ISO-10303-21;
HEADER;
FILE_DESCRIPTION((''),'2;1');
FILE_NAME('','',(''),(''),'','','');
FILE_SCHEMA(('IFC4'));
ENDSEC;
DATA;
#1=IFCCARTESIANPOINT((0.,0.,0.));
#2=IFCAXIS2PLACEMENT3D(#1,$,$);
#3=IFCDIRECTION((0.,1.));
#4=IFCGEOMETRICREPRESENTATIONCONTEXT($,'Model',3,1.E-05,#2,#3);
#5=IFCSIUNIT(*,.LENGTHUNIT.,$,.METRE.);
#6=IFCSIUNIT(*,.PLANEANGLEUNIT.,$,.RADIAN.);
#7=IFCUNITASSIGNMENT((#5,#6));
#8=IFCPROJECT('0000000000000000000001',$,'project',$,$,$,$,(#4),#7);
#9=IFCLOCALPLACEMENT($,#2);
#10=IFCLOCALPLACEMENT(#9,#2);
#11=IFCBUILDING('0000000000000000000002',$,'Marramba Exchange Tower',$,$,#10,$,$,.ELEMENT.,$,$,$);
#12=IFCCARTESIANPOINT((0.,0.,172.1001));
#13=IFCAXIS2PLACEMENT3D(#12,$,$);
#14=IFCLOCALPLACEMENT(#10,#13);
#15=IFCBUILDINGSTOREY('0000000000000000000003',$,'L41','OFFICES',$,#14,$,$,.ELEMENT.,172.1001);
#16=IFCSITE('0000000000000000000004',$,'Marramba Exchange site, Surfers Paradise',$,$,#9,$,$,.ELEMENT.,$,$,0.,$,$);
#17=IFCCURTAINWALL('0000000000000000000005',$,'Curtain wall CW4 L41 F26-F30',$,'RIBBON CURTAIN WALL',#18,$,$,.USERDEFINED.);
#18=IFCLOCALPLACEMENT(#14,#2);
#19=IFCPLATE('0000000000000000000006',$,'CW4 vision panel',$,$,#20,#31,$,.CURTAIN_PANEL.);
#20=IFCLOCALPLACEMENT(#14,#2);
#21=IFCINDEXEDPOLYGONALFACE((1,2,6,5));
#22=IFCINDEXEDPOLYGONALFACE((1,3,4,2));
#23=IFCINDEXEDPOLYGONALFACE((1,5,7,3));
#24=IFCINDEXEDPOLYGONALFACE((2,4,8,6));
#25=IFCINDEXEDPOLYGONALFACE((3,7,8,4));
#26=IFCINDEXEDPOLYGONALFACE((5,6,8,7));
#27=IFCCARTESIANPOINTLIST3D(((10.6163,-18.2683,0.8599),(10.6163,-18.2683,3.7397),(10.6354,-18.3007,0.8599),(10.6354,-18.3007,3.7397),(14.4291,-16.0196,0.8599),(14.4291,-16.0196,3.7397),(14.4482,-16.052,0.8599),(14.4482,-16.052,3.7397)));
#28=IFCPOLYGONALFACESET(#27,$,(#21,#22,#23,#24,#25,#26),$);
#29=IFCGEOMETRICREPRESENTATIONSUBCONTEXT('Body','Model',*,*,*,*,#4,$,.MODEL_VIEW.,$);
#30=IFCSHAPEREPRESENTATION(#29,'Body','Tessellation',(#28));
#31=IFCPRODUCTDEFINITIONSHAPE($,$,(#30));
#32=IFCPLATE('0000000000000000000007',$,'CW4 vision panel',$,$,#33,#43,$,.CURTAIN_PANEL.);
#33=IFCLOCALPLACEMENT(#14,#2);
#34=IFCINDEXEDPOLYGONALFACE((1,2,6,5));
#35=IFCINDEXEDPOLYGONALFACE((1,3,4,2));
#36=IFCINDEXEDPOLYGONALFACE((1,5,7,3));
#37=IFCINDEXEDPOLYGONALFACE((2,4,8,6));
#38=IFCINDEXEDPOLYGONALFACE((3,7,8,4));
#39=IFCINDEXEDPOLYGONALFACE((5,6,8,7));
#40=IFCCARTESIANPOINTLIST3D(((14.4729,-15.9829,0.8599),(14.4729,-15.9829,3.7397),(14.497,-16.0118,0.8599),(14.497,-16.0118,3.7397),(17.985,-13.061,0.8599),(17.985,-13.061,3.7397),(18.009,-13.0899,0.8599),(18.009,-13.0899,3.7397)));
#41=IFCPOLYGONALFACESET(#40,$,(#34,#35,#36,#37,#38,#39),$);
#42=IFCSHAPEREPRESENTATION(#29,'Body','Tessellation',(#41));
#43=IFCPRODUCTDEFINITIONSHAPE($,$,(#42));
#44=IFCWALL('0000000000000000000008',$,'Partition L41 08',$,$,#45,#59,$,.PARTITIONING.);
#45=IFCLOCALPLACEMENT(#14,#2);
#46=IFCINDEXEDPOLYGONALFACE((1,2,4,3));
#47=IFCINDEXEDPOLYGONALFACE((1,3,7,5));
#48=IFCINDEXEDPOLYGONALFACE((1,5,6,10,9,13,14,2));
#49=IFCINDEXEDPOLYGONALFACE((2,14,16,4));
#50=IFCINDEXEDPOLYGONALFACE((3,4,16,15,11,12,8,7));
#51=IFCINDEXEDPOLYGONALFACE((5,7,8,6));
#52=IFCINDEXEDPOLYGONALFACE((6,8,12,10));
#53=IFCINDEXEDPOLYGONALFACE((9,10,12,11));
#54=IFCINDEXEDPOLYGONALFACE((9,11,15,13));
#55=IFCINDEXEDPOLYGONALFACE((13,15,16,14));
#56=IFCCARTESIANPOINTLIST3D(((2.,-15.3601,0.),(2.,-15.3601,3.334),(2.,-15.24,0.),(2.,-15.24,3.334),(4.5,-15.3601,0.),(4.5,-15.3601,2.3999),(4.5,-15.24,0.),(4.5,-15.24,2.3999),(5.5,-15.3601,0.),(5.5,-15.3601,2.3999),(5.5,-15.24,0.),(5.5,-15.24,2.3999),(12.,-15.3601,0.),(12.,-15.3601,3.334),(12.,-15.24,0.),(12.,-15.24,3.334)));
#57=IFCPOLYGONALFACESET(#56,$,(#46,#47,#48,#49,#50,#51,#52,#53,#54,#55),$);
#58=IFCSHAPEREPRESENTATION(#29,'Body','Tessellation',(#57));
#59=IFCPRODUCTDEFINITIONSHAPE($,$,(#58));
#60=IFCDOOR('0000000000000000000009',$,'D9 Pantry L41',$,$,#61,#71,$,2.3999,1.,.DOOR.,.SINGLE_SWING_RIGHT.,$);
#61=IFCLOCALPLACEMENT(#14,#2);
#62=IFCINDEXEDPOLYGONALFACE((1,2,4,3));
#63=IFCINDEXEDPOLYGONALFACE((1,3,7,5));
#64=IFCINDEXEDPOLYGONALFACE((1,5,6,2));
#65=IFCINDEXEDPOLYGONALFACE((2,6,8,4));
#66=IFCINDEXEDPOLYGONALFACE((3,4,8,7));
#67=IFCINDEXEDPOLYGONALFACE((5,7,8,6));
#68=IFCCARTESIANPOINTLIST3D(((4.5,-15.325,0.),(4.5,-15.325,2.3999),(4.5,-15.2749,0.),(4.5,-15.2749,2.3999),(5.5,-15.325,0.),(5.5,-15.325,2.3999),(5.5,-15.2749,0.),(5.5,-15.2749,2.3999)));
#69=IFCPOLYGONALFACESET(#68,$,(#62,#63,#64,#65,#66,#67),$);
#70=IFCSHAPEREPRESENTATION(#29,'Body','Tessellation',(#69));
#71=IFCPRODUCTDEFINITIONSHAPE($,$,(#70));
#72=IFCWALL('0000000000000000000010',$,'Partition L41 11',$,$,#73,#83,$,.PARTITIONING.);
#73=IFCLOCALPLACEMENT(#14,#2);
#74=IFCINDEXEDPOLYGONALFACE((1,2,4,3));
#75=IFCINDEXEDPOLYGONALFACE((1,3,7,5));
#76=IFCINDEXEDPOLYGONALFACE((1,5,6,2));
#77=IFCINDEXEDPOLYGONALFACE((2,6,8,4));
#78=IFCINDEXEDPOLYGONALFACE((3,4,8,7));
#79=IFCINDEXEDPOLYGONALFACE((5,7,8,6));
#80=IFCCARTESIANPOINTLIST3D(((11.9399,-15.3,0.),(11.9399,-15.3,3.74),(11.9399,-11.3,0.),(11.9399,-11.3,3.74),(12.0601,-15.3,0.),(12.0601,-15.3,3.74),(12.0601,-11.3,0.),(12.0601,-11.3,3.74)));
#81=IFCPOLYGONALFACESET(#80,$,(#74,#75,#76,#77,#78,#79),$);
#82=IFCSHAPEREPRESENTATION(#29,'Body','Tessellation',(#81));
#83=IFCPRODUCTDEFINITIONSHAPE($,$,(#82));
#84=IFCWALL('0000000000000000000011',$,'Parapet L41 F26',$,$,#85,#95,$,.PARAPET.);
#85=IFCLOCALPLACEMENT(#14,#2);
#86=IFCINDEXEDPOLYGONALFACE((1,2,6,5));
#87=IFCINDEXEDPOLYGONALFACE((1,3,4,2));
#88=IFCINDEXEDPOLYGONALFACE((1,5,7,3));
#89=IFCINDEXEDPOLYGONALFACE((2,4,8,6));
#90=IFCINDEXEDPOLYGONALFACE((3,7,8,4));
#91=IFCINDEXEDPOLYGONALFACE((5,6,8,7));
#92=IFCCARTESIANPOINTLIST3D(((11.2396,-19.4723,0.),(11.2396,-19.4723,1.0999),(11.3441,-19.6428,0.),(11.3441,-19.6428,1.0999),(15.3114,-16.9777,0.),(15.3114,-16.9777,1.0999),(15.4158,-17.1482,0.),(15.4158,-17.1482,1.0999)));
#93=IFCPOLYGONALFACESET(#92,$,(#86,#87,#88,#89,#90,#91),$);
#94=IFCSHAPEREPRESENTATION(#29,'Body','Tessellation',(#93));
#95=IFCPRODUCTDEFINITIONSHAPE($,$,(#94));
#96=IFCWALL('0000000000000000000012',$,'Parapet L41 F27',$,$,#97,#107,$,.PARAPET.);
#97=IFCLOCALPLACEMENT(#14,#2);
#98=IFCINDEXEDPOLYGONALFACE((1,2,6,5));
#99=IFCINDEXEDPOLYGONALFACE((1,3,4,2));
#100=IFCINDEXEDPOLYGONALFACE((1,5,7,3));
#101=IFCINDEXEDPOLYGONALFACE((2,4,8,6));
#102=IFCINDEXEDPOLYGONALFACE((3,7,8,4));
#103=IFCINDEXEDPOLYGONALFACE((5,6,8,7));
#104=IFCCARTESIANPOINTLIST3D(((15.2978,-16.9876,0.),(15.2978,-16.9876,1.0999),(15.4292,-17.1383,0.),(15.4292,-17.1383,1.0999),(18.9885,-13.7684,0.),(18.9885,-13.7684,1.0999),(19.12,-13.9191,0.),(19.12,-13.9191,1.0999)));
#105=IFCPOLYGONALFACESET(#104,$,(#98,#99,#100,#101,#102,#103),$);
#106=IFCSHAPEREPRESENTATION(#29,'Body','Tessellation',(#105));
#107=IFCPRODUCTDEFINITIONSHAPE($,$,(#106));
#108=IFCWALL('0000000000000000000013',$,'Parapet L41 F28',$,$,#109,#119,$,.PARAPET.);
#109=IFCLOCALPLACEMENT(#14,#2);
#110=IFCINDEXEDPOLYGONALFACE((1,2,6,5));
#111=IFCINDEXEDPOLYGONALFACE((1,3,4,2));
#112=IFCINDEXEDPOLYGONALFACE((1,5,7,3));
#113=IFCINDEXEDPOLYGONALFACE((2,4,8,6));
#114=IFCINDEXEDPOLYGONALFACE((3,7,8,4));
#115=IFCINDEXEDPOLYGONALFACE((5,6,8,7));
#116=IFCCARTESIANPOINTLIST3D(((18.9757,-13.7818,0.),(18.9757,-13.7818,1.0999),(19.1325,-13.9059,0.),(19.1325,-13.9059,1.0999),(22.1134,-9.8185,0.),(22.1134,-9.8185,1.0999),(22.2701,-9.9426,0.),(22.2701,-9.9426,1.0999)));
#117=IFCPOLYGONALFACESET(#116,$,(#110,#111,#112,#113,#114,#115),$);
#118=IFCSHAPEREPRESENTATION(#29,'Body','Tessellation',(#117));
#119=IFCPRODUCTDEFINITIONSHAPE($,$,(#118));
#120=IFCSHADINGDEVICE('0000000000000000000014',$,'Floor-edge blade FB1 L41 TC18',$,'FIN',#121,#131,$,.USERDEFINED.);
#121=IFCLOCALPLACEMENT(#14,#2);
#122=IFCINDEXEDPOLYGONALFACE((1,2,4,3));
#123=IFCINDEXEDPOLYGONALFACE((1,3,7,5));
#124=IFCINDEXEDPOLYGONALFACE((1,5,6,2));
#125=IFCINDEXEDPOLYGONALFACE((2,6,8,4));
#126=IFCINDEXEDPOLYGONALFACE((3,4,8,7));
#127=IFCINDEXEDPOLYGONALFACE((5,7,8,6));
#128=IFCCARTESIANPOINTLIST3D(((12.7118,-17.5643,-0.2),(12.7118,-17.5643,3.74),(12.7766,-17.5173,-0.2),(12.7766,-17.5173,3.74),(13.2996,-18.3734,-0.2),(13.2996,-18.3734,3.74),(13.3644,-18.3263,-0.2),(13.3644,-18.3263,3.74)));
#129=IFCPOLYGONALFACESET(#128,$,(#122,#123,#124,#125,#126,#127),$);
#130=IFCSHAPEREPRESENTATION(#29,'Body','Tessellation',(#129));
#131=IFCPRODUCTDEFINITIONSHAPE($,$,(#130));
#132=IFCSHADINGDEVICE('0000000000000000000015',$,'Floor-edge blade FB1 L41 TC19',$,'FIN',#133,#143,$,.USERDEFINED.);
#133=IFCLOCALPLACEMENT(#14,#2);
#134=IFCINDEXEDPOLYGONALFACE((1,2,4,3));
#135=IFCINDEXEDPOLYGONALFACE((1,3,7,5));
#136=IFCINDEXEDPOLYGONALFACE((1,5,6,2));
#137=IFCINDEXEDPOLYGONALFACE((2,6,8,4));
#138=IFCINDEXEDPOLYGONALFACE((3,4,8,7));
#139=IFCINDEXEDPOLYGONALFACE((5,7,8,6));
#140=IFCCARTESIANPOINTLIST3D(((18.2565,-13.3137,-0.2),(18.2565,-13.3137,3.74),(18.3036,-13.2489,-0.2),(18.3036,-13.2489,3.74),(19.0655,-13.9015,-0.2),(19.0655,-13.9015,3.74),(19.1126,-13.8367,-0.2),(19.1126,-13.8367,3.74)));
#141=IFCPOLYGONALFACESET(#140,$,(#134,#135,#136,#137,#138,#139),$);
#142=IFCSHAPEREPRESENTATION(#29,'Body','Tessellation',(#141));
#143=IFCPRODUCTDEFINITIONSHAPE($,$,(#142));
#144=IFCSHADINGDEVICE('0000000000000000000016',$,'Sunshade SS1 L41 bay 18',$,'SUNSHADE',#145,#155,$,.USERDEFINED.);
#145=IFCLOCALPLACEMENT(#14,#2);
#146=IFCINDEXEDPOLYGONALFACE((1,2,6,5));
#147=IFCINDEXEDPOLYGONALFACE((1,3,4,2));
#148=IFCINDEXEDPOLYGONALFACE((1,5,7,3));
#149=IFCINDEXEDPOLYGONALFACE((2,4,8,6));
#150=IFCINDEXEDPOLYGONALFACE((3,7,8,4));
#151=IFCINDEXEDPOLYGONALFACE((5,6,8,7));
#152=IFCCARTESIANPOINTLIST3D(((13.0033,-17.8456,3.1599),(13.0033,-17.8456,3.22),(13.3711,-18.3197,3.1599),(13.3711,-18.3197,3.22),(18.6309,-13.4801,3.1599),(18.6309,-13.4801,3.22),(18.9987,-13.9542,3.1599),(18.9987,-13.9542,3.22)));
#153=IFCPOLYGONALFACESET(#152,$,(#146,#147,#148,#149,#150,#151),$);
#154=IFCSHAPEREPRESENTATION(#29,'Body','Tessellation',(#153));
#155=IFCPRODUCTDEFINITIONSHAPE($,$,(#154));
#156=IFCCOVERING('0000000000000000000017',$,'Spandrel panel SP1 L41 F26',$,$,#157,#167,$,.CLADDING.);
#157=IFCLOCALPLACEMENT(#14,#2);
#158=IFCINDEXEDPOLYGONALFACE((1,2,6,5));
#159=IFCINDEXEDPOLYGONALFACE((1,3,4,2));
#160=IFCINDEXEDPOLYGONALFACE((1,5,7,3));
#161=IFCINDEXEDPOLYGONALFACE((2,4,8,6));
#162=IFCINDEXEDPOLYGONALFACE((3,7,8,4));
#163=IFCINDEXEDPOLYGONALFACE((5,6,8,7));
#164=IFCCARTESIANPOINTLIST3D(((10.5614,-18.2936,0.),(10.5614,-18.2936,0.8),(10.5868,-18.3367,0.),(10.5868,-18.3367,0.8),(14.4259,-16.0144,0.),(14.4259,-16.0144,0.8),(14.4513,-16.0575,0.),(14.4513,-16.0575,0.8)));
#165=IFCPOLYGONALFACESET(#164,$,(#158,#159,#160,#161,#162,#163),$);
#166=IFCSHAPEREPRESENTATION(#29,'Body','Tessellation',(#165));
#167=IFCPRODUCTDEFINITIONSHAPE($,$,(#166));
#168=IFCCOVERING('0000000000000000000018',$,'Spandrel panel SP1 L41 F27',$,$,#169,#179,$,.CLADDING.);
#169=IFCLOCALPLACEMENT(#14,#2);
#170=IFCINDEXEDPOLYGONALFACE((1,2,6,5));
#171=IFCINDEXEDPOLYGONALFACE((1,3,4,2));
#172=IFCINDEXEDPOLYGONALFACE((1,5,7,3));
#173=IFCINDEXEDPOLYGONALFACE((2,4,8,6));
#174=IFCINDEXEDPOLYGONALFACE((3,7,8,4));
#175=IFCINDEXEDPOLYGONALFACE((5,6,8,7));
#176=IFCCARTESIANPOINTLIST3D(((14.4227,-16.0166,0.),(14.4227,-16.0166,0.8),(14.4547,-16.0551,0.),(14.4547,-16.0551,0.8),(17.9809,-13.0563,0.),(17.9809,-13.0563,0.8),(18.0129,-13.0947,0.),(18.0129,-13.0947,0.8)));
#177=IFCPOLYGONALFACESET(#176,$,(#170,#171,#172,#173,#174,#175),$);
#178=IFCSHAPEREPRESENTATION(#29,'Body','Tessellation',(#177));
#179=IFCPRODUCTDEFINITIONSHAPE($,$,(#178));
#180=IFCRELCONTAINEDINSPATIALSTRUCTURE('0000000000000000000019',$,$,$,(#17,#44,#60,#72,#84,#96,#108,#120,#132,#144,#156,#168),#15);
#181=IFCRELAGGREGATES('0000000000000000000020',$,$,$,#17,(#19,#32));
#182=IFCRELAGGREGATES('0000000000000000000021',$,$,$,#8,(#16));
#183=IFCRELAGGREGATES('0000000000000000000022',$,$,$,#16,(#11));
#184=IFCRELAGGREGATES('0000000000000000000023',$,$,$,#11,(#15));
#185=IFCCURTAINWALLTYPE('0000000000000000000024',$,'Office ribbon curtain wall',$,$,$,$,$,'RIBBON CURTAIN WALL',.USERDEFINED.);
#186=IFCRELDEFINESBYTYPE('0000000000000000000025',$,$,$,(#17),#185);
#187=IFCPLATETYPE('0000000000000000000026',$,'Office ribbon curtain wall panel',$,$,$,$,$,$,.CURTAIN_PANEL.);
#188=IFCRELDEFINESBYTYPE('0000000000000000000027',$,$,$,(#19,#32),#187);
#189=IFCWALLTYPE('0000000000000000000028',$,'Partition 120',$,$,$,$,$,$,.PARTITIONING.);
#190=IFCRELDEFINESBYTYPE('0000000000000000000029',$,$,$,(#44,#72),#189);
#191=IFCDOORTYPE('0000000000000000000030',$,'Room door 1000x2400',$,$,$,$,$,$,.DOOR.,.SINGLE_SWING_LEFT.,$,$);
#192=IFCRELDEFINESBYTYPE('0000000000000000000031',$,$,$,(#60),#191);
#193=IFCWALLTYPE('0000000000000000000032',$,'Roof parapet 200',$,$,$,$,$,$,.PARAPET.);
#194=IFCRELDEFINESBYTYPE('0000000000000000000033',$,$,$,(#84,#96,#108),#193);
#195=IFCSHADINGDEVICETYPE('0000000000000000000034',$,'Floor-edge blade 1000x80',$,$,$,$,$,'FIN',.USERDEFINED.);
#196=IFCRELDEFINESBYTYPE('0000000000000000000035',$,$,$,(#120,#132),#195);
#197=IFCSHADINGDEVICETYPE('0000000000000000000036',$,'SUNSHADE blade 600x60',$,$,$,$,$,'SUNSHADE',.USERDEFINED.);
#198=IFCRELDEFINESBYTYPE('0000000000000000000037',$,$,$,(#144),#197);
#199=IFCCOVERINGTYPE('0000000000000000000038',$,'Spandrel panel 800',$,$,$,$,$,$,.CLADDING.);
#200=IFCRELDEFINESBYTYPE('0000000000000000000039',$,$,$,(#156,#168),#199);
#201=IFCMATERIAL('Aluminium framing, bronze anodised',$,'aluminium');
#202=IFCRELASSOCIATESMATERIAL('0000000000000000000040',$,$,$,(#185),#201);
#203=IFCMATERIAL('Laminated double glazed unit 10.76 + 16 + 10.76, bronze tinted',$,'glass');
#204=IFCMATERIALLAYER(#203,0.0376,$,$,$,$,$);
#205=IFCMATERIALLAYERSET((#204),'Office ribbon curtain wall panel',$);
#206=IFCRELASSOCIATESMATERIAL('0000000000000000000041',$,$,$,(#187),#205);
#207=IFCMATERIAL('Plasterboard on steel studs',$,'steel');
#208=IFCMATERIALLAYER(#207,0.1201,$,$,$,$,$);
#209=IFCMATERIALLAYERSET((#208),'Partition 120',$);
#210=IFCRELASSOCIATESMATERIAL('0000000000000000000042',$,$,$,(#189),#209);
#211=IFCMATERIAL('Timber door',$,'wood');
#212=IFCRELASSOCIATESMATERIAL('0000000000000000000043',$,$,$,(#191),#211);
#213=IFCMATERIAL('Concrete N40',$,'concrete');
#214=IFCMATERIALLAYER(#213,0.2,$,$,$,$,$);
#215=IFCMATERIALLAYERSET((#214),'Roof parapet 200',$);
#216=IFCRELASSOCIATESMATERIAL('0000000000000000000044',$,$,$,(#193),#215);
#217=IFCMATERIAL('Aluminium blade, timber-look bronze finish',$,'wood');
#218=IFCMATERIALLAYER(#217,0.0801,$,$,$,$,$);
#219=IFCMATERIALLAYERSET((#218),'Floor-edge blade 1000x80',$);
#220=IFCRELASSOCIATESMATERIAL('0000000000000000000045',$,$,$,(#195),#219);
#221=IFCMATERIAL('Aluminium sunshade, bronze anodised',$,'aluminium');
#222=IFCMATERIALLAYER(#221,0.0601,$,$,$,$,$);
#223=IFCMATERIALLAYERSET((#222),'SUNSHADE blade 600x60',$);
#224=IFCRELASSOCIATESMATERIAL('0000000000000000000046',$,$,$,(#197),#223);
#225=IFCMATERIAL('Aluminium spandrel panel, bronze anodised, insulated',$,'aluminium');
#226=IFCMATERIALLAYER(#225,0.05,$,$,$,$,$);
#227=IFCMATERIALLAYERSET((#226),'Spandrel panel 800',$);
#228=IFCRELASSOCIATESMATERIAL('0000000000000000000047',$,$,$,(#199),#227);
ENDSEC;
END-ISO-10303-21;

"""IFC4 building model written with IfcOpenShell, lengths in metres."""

from ifc_helpers import new_model, si_unit, direction, frame, frame_2d, origin, origin_2d, place, context, subcontext, project, spatial, rectangle, extrude, material, layer, layer_set, type_object, element, fill, aggregate, save


model = new_model("IFC4")

# Units and contexts
model_context = context("Model", 3, precision=1e-05, world=origin(), true_north=direction((0.0, 1.0)))
body_context = subcontext(model_context, "Body", "Model", "MODEL_VIEW")
ifc_project = project(units=[si_unit("LENGTHUNIT", "METRE"), si_unit("PLANEANGLEUNIT", "RADIAN")], contexts=[model_context])

# Site, building, storey
site_placement = place(None, origin())
site = spatial("IfcSite", under=ifc_project, at=site_placement, Name="Marramba Exchange site, Surfers Paradise", CompositionType="ELEMENT", RefElevation=0.0)
building_placement = place(site_placement, origin())
building = spatial("IfcBuilding", under=site, at=building_placement, Name="Marramba Exchange Tower", CompositionType="ELEMENT")
storey_placement = place(building_placement, frame((0.0, 0.0, 172.1001)))
storey = spatial("IfcBuildingStorey", under=building, at=storey_placement, Name="L41", Description="OFFICES", CompositionType="ELEMENT", Elevation=172.1001)

# Curtain wall
ifc_material_1 = material(Name="Aluminium framing, bronze anodised", Category="aluminium")
curtain_wall_type = type_object("IfcCurtainWallType", Name="Office ribbon curtain wall", ElementType="RIBBON CURTAIN WALL", PredefinedType="USERDEFINED", material=ifc_material_1)
curtain_wall_placement = place(storey_placement, origin())
curtain_wall = element("IfcCurtainWall", 1, at=curtain_wall_placement, inside=storey, type_object=curtain_wall_type, Name="Curtain wall CW4 L41 F26-F30", ObjectType="RIBBON CURTAIN WALL", PredefinedType="USERDEFINED")

# Plates
ifc_material_2 = material(Name="Laminated double glazed unit 10.76 + 16 + 10.76, bronze tinted", Category="glass")
ifc_layer_1 = layer(ifc_material_2, 0.0376)
ifc_layer_set_1 = layer_set([ifc_layer_1], Name="Office ribbon curtain wall panel")
plate_type = type_object("IfcPlateType", Name="Office ribbon curtain wall panel", PredefinedType="CURTAIN_PANEL", material=ifc_layer_set_1)
plate_1_placement = place(storey_placement, frame((12.5322, -17.1602, 0.8599), z_axis=(0.0, 0.0, 1.0), x_axis=(0.861351, 0.508011, 0.0)))
plate_1 = element("IfcPlate", 2, at=plate_1_placement, type_object=plate_type, Name="CW4 vision panel", PredefinedType="CURTAIN_PANEL", context=body_context, shape_type="SweptSolid", body=[
    extrude(rectangle(XDim=4.4265, YDim=0.0376, at=origin_2d()), origin(), (0.0, 0.0, 1.0), 2.8799),
])
plate_2_placement = place(storey_placement, frame((16.241, -14.5364, 0.8599), z_axis=(0.0, 0.0, 1.0), x_axis=(0.768737, 0.639565, 0.0)))
plate_2 = element("IfcPlate", 3, at=plate_2_placement, type_object=plate_type, Name="CW4 vision panel", PredefinedType="CURTAIN_PANEL", context=body_context, shape_type="SweptSolid", body=[
    extrude(rectangle(XDim=4.5686, YDim=0.0376, at=origin_2d()), origin(), (0.0, 0.0, 1.0), 2.8799),
])
aggregate(curtain_wall, [plate_1, plate_2])

# Wall, opening, door
ifc_material_3 = material(Name="Plasterboard on steel studs", Category="steel")
ifc_layer_2 = layer(ifc_material_3, 0.1201)
ifc_layer_set_2 = layer_set([ifc_layer_2], Name="Partition 120")
wall_type_1 = type_object("IfcWallType", Name="Partition 120", PredefinedType="PARTITIONING", material=ifc_layer_set_2)
wall_1_placement = place(storey_placement, frame((12.0, -15.3, 0.0), z_axis=(0.0, 0.0, 1.0), x_axis=(-1.0, 0.0, 0.0)))
wall_1 = element("IfcWall", 4, at=wall_1_placement, inside=storey, type_object=wall_type_1, Name="Partition L41 08", PredefinedType="PARTITIONING", context=body_context, shape_type="SweptSolid", body=[
    extrude(rectangle(XDim=10.0, YDim=0.1201, at=frame_2d((5.0, 0.0))), origin(), (0.0, 0.0, 1.0), 3.334),
])
opening_placement = place(wall_1_placement, frame((6.5, 0.0, 0.0)))
opening = element("IfcOpeningElement", 5, at=opening_placement, cuts=wall_1, PredefinedType="OPENING", context=body_context, shape_type="SweptSolid", body=[
    extrude(rectangle(XDim=1.0, YDim=2.3999, at=frame_2d((0.5, 1.2))), frame((0.0, 0.0701, 0.0), z_axis=(0.0, -1.0, 0.0), x_axis=(1.0, 0.0, 0.0)), (0.0, 0.0, 1.0), 0.1401),
])
ifc_material_4 = material(Name="Timber door", Category="wood")
door_type = type_object("IfcDoorType", Name="Room door 1000x2400", OperationType="SINGLE_SWING_LEFT", PredefinedType="DOOR", material=ifc_material_4)
door_placement = place(opening_placement, frame((1.0, 0.0, 0.0), z_axis=(0.0, 0.0, 1.0), x_axis=(-1.0, 0.0, 0.0)))
door = element("IfcDoor", 6, at=door_placement, inside=storey, type_object=door_type, Name="D9 Pantry L41", OperationType="SINGLE_SWING_RIGHT", OverallHeight=2.3999, OverallWidth=1.0, PredefinedType="DOOR", context=body_context, shape_type="SweptSolid", body=[
    extrude(rectangle(XDim=1.0, YDim=2.3999, at=frame_2d((0.5, 1.2))), frame((0.0, 0.0251, 0.0), z_axis=(0.0, -1.0, 0.0), x_axis=(1.0, 0.0, 0.0)), (0.0, 0.0, 1.0), 0.05),
])
fill(opening, door)

# Walls
wall_2_placement = place(storey_placement, frame((12.0, -11.3, 0.0), z_axis=(0.0, 0.0, 1.0), x_axis=(0.0, -1.0, 0.0)))
element("IfcWall", 7, at=wall_2_placement, inside=storey, type_object=wall_type_1, Name="Partition L41 11", PredefinedType="PARTITIONING", context=body_context, shape_type="SweptSolid", body=[
    extrude(rectangle(XDim=4.0, YDim=0.1201, at=frame_2d((2.0, 0.0))), origin(), (0.0, 0.0, 1.0), 3.74),
])
ifc_material_5 = material(Name="Concrete N40", Category="concrete")
ifc_layer_3 = layer(ifc_material_5, 0.2)
ifc_layer_set_3 = layer_set([ifc_layer_3], Name="Roof parapet 200")
wall_type_2 = type_object("IfcWallType", Name="Roof parapet 200", PredefinedType="PARAPET", material=ifc_layer_set_3)
wall_3_placement = place(storey_placement, frame((11.2917, -19.5576, 0.0), z_axis=(0.0, 0.0, 1.0), x_axis=(0.852692, 0.522413, 0.0)))
element("IfcWall", 8, at=wall_3_placement, inside=storey, type_object=wall_type_2, Name="Parapet L41 F26", PredefinedType="PARAPET", context=body_context, shape_type="SweptSolid", body=[
    extrude(rectangle(XDim=4.7751, YDim=0.2, at=frame_2d((2.3877, 0.0))), origin(), (0.0, 0.0, 1.0), 1.0999),
])
wall_4_placement = place(storey_placement, frame((15.3635, -17.063, 0.0), z_axis=(0.0, 0.0, 1.0), x_axis=(0.753598, 0.657336, 0.0)))
element("IfcWall", 9, at=wall_4_placement, inside=storey, type_object=wall_type_2, Name="Parapet L41 F27", PredefinedType="PARAPET", context=body_context, shape_type="SweptSolid", body=[
    extrude(rectangle(XDim=4.8975, YDim=0.2, at=frame_2d((2.4487, 0.0))), origin(), (0.0, 0.0, 1.0), 1.0999),
])
wall_5_placement = place(storey_placement, frame((19.0542, -13.8438, 0.0), z_axis=(0.0, 0.0, 1.0), x_axis=(0.620705, 0.784044, 0.0)))
element("IfcWall", 10, at=wall_5_placement, inside=storey, type_object=wall_type_2, Name="Parapet L41 F28", PredefinedType="PARAPET", context=body_context, shape_type="SweptSolid", body=[
    extrude(rectangle(XDim=5.0549, YDim=0.2, at=frame_2d((2.5273, 0.0))), origin(), (0.0, 0.0, 1.0), 1.0999),
])

# Shading devices
ifc_material_6 = material(Name="Aluminium blade, timber-look bronze finish", Category="wood")
ifc_layer_4 = layer(ifc_material_6, 0.0801)
ifc_layer_set_4 = layer_set([ifc_layer_4], Name="Floor-edge blade 1000x80")
shading_device_type_1 = type_object("IfcShadingDeviceType", Name="Floor-edge blade 1000x80", ElementType="FIN", PredefinedType="USERDEFINED", material=ifc_layer_set_4)
for number, where, z_axis, x_axis, name in (
    (11, (13.0381, -17.9453, -0.2), (0.0, 0.0, 1.0), (0.587785, -0.809017, 0.0), "Floor-edge blade FB1 L41 TC18"),
    (12, (18.6846, -13.5752, -0.2), (0.0, 0.0, 1.0), (0.809017, -0.587785, 0.0), "Floor-edge blade FB1 L41 TC19"),
):
    element("IfcShadingDevice", number, at=place(storey_placement, frame(where, z_axis=z_axis, x_axis=x_axis)), inside=storey, type_object=shading_device_type_1, Name=name, ObjectType="FIN", PredefinedType="USERDEFINED", context=body_context, shape_type="SweptSolid", body=[
        extrude(rectangle(XDim=1.0, YDim=0.0801, at=origin_2d()), origin(), (0.0, 0.0, 1.0), 3.9399),
    ])
ifc_material_7 = material(Name="Aluminium sunshade, bronze anodised", Category="aluminium")
ifc_layer_5 = layer(ifc_material_7, 0.0601)
ifc_layer_set_5 = layer_set([ifc_layer_5], Name="SUNSHADE blade 600x60")
shading_device_type_2 = type_object("IfcShadingDeviceType", Name="SUNSHADE blade 600x60", ElementType="SUNSHADE", PredefinedType="USERDEFINED", material=ifc_layer_set_5)
shading_device_placement = place(storey_placement, frame((16.001, -15.8999, 3.1599), z_axis=(0.0, 0.0, 1.0), x_axis=(0.790133, 0.612935, 0.0)))
element("IfcShadingDevice", 13, at=shading_device_placement, inside=storey, type_object=shading_device_type_2, Name="Sunshade SS1 L41 bay 18", ObjectType="SUNSHADE", PredefinedType="USERDEFINED", context=body_context, shape_type="SweptSolid", body=[
    extrude(rectangle(XDim=7.1223, YDim=0.6001, at=origin_2d()), origin(), (0.0, 0.0, 1.0), 0.0601),
])

# Coverings
ifc_material_8 = material(Name="Aluminium spandrel panel, bronze anodised, insulated", Category="aluminium")
ifc_layer_6 = layer(ifc_material_8, 0.05)
ifc_layer_set_6 = layer_set([ifc_layer_6], Name="Spandrel panel 800")
covering_type = type_object("IfcCoveringType", Name="Spandrel panel 800", PredefinedType="CLADDING", material=ifc_layer_set_6)
covering_1_placement = place(storey_placement, frame((12.5063, -17.1755, 0.0), z_axis=(0.0, 0.0, 1.0), x_axis=(0.861351, 0.508011, 0.0)))
element("IfcCovering", 14, at=covering_1_placement, inside=storey, type_object=covering_type, Name="Spandrel panel SP1 L41 F26", PredefinedType="CLADDING", context=body_context, shape_type="SweptSolid", body=[
    extrude(rectangle(XDim=4.4866, YDim=0.05, at=origin_2d()), origin(), (0.0, 0.0, 1.0), 0.8),
])
covering_2_placement = place(storey_placement, frame((16.2178, -14.5557, 0.0), z_axis=(0.0, 0.0, 1.0), x_axis=(0.768737, 0.639565, 0.0)))
element("IfcCovering", 15, at=covering_2_placement, inside=storey, type_object=covering_type, Name="Spandrel panel SP1 L41 F27", PredefinedType="CLADDING", context=body_context, shape_type="SweptSolid", body=[
    extrude(rectangle(XDim=4.6287, YDim=0.05, at=origin_2d()), origin(), (0.0, 0.0, 1.0), 0.8),
])

save(model, "model.ifc")
